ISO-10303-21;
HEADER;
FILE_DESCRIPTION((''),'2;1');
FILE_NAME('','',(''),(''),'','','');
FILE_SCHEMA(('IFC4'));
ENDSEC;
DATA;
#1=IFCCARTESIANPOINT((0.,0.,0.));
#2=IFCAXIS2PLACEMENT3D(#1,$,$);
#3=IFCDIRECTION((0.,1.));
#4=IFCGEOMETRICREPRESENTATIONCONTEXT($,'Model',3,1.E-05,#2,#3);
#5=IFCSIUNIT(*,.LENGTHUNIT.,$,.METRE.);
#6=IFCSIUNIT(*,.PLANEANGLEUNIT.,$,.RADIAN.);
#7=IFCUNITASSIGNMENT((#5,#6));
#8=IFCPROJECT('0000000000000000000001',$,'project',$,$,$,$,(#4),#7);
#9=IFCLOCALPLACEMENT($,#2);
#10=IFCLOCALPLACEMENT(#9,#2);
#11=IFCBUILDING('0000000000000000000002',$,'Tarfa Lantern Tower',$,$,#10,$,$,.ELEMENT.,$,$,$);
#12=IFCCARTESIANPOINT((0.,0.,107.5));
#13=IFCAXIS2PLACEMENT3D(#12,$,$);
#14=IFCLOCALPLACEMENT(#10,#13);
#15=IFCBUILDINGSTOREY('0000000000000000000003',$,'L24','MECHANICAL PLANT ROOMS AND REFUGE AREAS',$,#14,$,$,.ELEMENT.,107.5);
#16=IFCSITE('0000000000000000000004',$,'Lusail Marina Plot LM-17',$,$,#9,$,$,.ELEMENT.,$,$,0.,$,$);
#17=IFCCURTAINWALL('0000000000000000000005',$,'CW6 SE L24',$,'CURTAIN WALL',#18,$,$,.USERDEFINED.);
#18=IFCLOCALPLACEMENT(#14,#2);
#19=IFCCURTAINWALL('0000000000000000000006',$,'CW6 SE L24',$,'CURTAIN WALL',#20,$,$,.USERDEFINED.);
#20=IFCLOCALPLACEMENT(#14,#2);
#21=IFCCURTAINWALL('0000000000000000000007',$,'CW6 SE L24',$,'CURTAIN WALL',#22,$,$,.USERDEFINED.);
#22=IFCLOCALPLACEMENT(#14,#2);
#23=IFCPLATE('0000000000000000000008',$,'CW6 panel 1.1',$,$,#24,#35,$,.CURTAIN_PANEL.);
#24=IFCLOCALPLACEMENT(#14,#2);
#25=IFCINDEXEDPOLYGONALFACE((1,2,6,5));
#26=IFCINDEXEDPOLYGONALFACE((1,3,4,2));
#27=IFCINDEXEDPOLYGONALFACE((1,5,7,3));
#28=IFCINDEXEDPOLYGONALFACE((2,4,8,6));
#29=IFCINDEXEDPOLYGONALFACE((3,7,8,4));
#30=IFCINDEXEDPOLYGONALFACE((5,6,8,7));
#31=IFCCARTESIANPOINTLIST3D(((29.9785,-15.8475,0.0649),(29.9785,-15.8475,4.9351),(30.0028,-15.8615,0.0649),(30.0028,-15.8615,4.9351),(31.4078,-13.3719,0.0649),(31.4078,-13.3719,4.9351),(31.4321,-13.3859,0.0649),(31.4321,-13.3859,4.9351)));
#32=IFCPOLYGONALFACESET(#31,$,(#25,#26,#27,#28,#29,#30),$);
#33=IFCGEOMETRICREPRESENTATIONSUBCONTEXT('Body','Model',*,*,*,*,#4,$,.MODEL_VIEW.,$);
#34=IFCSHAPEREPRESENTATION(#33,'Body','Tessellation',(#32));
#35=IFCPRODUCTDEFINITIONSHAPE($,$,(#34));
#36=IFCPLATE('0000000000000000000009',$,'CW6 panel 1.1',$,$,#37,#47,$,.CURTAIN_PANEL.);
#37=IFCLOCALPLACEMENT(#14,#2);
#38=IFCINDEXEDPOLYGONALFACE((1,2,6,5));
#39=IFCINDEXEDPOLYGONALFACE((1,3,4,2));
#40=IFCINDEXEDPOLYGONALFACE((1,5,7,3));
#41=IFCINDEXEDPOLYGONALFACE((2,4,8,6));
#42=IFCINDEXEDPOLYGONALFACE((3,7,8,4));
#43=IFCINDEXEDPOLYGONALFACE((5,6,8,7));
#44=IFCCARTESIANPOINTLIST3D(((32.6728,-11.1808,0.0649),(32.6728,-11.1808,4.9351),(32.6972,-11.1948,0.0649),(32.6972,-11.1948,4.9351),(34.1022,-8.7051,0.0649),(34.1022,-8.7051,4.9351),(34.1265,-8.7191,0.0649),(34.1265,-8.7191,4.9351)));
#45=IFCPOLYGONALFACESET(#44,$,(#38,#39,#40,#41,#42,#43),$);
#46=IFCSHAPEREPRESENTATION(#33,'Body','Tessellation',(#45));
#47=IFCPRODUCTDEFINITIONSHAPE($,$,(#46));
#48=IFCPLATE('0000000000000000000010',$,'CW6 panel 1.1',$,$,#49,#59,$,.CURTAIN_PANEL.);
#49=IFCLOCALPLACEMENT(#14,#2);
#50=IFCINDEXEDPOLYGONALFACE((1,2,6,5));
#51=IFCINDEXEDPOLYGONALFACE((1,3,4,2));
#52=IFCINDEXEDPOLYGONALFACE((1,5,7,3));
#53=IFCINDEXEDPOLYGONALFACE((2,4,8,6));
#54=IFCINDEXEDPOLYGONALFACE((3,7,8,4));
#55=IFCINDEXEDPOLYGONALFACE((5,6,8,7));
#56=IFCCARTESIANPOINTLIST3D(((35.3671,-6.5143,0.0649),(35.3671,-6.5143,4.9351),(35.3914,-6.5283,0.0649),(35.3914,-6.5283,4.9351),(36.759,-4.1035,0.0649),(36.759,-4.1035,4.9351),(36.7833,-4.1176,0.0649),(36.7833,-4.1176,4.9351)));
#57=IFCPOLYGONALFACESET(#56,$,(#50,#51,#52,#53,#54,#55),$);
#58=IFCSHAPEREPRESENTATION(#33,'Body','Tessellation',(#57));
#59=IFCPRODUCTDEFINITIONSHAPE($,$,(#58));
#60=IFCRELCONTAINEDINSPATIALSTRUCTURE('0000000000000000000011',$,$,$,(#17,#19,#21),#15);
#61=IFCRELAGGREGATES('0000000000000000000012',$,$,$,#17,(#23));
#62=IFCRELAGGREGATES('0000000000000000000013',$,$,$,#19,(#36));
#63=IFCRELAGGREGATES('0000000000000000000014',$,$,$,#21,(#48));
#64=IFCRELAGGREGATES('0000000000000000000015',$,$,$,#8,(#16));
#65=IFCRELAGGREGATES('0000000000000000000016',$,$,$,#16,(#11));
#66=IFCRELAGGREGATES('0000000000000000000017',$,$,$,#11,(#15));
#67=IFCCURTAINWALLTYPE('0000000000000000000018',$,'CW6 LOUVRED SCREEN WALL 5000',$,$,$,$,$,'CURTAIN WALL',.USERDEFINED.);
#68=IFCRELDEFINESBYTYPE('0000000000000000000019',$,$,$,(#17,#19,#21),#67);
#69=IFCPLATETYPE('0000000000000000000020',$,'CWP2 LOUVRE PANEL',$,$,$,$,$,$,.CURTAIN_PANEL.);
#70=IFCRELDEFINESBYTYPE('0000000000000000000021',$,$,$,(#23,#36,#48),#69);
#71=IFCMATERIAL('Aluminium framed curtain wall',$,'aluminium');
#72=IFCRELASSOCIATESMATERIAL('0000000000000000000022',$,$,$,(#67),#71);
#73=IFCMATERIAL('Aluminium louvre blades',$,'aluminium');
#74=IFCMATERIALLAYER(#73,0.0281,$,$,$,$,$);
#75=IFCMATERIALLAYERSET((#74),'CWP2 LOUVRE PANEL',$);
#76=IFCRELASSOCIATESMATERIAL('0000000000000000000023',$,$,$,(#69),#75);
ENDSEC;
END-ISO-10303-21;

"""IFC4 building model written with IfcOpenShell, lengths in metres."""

from ifc_helpers import new_model, si_unit, direction, frame, origin, origin_2d, place, context, subcontext, project, spatial, rectangle, extrude, material, layer, layer_set, type_object, element, aggregate, save


model = new_model("IFC4")

# Units and contexts
model_context = context("Model", 3, precision=1e-05, world=origin(), true_north=direction((0.0, 1.0)))
body_context = subcontext(model_context, "Body", "Model", "MODEL_VIEW")
ifc_project = project(units=[si_unit("LENGTHUNIT", "METRE"), si_unit("PLANEANGLEUNIT", "RADIAN")], contexts=[model_context])

# Site, building, storey
site_placement = place(None, origin())
site = spatial("IfcSite", under=ifc_project, at=site_placement, Name="Lusail Marina Plot LM-17", CompositionType="ELEMENT", RefElevation=0.0)
building_placement = place(site_placement, origin())
building = spatial("IfcBuilding", under=site, at=building_placement, Name="Tarfa Lantern Tower", CompositionType="ELEMENT")
storey_placement = place(building_placement, frame((0.0, 0.0, 107.5)))
storey = spatial("IfcBuildingStorey", under=building, at=storey_placement, Name="L24", Description="MECHANICAL PLANT ROOMS AND REFUGE AREAS", CompositionType="ELEMENT", Elevation=107.5)

# Curtain walls
ifc_material_1 = material(Name="Aluminium framed curtain wall", Category="aluminium")
curtain_wall_type = type_object("IfcCurtainWallType", Name="CW6 LOUVRED SCREEN WALL 5000", ElementType="CURTAIN WALL", PredefinedType="USERDEFINED", material=ifc_material_1)
curtain_wall_1_placement = place(storey_placement, origin())
curtain_wall_1 = element("IfcCurtainWall", 1, at=curtain_wall_1_placement, inside=storey, type_object=curtain_wall_type, Name="CW6 SE L24", ObjectType="CURTAIN WALL", PredefinedType="USERDEFINED")
curtain_wall_2_placement = place(storey_placement, origin())
curtain_wall_2 = element("IfcCurtainWall", 2, at=curtain_wall_2_placement, inside=storey, type_object=curtain_wall_type, Name="CW6 SE L24", ObjectType="CURTAIN WALL", PredefinedType="USERDEFINED")
curtain_wall_3_placement = place(storey_placement, origin())
curtain_wall_3 = element("IfcCurtainWall", 3, at=curtain_wall_3_placement, inside=storey, type_object=curtain_wall_type, Name="CW6 SE L24", ObjectType="CURTAIN WALL", PredefinedType="USERDEFINED")

# Plates
ifc_material_2 = material(Name="Aluminium louvre blades", Category="aluminium")
ifc_layer = layer(ifc_material_2, 0.0281)
ifc_layer_set = layer_set([ifc_layer], Name="CWP2 LOUVRE PANEL")
plate_type = type_object("IfcPlateType", Name="CWP2 LOUVRE PANEL", PredefinedType="CURTAIN_PANEL", material=ifc_layer_set)
plate_1_placement = place(storey_placement, frame((30.7053, -14.6167, 0.0649), z_axis=(0.0, 0.0, 1.0), x_axis=(0.5, 0.866025, 0.0)))
plate_1 = element("IfcPlate", 4, at=plate_1_placement, type_object=plate_type, Name="CW6 panel 1.1", PredefinedType="CURTAIN_PANEL", context=body_context, shape_type="SweptSolid", body=[
    extrude(rectangle(XDim=2.8586, YDim=0.0281, at=origin_2d()), origin(), (0.0, 0.0, 1.0), 4.8701),
])
aggregate(curtain_wall_1, [plate_1])
plate_2_placement = place(storey_placement, frame((33.3997, -9.95, 0.0649), z_axis=(0.0, 0.0, 1.0), x_axis=(0.5, 0.866025, 0.0)))
plate_2 = element("IfcPlate", 5, at=plate_2_placement, type_object=plate_type, Name="CW6 panel 1.1", PredefinedType="CURTAIN_PANEL", context=body_context, shape_type="SweptSolid", body=[
    extrude(rectangle(XDim=2.8586, YDim=0.0281, at=origin_2d()), origin(), (0.0, 0.0, 1.0), 4.8701),
])
aggregate(curtain_wall_2, [plate_2])
plate_3_placement = place(storey_placement, frame((36.0752, -5.3159, 0.0649), z_axis=(0.0, 0.0, 1.0), x_axis=(0.5, 0.866025, 0.0)))
plate_3 = element("IfcPlate", 6, at=plate_3_placement, type_object=plate_type, Name="CW6 panel 1.1", PredefinedType="CURTAIN_PANEL", context=body_context, shape_type="SweptSolid", body=[
    extrude(rectangle(XDim=2.7837, YDim=0.0281, at=origin_2d()), origin(), (0.0, 0.0, 1.0), 4.8701),
])
aggregate(curtain_wall_3, [plate_3])

save(model, "model.ifc")
